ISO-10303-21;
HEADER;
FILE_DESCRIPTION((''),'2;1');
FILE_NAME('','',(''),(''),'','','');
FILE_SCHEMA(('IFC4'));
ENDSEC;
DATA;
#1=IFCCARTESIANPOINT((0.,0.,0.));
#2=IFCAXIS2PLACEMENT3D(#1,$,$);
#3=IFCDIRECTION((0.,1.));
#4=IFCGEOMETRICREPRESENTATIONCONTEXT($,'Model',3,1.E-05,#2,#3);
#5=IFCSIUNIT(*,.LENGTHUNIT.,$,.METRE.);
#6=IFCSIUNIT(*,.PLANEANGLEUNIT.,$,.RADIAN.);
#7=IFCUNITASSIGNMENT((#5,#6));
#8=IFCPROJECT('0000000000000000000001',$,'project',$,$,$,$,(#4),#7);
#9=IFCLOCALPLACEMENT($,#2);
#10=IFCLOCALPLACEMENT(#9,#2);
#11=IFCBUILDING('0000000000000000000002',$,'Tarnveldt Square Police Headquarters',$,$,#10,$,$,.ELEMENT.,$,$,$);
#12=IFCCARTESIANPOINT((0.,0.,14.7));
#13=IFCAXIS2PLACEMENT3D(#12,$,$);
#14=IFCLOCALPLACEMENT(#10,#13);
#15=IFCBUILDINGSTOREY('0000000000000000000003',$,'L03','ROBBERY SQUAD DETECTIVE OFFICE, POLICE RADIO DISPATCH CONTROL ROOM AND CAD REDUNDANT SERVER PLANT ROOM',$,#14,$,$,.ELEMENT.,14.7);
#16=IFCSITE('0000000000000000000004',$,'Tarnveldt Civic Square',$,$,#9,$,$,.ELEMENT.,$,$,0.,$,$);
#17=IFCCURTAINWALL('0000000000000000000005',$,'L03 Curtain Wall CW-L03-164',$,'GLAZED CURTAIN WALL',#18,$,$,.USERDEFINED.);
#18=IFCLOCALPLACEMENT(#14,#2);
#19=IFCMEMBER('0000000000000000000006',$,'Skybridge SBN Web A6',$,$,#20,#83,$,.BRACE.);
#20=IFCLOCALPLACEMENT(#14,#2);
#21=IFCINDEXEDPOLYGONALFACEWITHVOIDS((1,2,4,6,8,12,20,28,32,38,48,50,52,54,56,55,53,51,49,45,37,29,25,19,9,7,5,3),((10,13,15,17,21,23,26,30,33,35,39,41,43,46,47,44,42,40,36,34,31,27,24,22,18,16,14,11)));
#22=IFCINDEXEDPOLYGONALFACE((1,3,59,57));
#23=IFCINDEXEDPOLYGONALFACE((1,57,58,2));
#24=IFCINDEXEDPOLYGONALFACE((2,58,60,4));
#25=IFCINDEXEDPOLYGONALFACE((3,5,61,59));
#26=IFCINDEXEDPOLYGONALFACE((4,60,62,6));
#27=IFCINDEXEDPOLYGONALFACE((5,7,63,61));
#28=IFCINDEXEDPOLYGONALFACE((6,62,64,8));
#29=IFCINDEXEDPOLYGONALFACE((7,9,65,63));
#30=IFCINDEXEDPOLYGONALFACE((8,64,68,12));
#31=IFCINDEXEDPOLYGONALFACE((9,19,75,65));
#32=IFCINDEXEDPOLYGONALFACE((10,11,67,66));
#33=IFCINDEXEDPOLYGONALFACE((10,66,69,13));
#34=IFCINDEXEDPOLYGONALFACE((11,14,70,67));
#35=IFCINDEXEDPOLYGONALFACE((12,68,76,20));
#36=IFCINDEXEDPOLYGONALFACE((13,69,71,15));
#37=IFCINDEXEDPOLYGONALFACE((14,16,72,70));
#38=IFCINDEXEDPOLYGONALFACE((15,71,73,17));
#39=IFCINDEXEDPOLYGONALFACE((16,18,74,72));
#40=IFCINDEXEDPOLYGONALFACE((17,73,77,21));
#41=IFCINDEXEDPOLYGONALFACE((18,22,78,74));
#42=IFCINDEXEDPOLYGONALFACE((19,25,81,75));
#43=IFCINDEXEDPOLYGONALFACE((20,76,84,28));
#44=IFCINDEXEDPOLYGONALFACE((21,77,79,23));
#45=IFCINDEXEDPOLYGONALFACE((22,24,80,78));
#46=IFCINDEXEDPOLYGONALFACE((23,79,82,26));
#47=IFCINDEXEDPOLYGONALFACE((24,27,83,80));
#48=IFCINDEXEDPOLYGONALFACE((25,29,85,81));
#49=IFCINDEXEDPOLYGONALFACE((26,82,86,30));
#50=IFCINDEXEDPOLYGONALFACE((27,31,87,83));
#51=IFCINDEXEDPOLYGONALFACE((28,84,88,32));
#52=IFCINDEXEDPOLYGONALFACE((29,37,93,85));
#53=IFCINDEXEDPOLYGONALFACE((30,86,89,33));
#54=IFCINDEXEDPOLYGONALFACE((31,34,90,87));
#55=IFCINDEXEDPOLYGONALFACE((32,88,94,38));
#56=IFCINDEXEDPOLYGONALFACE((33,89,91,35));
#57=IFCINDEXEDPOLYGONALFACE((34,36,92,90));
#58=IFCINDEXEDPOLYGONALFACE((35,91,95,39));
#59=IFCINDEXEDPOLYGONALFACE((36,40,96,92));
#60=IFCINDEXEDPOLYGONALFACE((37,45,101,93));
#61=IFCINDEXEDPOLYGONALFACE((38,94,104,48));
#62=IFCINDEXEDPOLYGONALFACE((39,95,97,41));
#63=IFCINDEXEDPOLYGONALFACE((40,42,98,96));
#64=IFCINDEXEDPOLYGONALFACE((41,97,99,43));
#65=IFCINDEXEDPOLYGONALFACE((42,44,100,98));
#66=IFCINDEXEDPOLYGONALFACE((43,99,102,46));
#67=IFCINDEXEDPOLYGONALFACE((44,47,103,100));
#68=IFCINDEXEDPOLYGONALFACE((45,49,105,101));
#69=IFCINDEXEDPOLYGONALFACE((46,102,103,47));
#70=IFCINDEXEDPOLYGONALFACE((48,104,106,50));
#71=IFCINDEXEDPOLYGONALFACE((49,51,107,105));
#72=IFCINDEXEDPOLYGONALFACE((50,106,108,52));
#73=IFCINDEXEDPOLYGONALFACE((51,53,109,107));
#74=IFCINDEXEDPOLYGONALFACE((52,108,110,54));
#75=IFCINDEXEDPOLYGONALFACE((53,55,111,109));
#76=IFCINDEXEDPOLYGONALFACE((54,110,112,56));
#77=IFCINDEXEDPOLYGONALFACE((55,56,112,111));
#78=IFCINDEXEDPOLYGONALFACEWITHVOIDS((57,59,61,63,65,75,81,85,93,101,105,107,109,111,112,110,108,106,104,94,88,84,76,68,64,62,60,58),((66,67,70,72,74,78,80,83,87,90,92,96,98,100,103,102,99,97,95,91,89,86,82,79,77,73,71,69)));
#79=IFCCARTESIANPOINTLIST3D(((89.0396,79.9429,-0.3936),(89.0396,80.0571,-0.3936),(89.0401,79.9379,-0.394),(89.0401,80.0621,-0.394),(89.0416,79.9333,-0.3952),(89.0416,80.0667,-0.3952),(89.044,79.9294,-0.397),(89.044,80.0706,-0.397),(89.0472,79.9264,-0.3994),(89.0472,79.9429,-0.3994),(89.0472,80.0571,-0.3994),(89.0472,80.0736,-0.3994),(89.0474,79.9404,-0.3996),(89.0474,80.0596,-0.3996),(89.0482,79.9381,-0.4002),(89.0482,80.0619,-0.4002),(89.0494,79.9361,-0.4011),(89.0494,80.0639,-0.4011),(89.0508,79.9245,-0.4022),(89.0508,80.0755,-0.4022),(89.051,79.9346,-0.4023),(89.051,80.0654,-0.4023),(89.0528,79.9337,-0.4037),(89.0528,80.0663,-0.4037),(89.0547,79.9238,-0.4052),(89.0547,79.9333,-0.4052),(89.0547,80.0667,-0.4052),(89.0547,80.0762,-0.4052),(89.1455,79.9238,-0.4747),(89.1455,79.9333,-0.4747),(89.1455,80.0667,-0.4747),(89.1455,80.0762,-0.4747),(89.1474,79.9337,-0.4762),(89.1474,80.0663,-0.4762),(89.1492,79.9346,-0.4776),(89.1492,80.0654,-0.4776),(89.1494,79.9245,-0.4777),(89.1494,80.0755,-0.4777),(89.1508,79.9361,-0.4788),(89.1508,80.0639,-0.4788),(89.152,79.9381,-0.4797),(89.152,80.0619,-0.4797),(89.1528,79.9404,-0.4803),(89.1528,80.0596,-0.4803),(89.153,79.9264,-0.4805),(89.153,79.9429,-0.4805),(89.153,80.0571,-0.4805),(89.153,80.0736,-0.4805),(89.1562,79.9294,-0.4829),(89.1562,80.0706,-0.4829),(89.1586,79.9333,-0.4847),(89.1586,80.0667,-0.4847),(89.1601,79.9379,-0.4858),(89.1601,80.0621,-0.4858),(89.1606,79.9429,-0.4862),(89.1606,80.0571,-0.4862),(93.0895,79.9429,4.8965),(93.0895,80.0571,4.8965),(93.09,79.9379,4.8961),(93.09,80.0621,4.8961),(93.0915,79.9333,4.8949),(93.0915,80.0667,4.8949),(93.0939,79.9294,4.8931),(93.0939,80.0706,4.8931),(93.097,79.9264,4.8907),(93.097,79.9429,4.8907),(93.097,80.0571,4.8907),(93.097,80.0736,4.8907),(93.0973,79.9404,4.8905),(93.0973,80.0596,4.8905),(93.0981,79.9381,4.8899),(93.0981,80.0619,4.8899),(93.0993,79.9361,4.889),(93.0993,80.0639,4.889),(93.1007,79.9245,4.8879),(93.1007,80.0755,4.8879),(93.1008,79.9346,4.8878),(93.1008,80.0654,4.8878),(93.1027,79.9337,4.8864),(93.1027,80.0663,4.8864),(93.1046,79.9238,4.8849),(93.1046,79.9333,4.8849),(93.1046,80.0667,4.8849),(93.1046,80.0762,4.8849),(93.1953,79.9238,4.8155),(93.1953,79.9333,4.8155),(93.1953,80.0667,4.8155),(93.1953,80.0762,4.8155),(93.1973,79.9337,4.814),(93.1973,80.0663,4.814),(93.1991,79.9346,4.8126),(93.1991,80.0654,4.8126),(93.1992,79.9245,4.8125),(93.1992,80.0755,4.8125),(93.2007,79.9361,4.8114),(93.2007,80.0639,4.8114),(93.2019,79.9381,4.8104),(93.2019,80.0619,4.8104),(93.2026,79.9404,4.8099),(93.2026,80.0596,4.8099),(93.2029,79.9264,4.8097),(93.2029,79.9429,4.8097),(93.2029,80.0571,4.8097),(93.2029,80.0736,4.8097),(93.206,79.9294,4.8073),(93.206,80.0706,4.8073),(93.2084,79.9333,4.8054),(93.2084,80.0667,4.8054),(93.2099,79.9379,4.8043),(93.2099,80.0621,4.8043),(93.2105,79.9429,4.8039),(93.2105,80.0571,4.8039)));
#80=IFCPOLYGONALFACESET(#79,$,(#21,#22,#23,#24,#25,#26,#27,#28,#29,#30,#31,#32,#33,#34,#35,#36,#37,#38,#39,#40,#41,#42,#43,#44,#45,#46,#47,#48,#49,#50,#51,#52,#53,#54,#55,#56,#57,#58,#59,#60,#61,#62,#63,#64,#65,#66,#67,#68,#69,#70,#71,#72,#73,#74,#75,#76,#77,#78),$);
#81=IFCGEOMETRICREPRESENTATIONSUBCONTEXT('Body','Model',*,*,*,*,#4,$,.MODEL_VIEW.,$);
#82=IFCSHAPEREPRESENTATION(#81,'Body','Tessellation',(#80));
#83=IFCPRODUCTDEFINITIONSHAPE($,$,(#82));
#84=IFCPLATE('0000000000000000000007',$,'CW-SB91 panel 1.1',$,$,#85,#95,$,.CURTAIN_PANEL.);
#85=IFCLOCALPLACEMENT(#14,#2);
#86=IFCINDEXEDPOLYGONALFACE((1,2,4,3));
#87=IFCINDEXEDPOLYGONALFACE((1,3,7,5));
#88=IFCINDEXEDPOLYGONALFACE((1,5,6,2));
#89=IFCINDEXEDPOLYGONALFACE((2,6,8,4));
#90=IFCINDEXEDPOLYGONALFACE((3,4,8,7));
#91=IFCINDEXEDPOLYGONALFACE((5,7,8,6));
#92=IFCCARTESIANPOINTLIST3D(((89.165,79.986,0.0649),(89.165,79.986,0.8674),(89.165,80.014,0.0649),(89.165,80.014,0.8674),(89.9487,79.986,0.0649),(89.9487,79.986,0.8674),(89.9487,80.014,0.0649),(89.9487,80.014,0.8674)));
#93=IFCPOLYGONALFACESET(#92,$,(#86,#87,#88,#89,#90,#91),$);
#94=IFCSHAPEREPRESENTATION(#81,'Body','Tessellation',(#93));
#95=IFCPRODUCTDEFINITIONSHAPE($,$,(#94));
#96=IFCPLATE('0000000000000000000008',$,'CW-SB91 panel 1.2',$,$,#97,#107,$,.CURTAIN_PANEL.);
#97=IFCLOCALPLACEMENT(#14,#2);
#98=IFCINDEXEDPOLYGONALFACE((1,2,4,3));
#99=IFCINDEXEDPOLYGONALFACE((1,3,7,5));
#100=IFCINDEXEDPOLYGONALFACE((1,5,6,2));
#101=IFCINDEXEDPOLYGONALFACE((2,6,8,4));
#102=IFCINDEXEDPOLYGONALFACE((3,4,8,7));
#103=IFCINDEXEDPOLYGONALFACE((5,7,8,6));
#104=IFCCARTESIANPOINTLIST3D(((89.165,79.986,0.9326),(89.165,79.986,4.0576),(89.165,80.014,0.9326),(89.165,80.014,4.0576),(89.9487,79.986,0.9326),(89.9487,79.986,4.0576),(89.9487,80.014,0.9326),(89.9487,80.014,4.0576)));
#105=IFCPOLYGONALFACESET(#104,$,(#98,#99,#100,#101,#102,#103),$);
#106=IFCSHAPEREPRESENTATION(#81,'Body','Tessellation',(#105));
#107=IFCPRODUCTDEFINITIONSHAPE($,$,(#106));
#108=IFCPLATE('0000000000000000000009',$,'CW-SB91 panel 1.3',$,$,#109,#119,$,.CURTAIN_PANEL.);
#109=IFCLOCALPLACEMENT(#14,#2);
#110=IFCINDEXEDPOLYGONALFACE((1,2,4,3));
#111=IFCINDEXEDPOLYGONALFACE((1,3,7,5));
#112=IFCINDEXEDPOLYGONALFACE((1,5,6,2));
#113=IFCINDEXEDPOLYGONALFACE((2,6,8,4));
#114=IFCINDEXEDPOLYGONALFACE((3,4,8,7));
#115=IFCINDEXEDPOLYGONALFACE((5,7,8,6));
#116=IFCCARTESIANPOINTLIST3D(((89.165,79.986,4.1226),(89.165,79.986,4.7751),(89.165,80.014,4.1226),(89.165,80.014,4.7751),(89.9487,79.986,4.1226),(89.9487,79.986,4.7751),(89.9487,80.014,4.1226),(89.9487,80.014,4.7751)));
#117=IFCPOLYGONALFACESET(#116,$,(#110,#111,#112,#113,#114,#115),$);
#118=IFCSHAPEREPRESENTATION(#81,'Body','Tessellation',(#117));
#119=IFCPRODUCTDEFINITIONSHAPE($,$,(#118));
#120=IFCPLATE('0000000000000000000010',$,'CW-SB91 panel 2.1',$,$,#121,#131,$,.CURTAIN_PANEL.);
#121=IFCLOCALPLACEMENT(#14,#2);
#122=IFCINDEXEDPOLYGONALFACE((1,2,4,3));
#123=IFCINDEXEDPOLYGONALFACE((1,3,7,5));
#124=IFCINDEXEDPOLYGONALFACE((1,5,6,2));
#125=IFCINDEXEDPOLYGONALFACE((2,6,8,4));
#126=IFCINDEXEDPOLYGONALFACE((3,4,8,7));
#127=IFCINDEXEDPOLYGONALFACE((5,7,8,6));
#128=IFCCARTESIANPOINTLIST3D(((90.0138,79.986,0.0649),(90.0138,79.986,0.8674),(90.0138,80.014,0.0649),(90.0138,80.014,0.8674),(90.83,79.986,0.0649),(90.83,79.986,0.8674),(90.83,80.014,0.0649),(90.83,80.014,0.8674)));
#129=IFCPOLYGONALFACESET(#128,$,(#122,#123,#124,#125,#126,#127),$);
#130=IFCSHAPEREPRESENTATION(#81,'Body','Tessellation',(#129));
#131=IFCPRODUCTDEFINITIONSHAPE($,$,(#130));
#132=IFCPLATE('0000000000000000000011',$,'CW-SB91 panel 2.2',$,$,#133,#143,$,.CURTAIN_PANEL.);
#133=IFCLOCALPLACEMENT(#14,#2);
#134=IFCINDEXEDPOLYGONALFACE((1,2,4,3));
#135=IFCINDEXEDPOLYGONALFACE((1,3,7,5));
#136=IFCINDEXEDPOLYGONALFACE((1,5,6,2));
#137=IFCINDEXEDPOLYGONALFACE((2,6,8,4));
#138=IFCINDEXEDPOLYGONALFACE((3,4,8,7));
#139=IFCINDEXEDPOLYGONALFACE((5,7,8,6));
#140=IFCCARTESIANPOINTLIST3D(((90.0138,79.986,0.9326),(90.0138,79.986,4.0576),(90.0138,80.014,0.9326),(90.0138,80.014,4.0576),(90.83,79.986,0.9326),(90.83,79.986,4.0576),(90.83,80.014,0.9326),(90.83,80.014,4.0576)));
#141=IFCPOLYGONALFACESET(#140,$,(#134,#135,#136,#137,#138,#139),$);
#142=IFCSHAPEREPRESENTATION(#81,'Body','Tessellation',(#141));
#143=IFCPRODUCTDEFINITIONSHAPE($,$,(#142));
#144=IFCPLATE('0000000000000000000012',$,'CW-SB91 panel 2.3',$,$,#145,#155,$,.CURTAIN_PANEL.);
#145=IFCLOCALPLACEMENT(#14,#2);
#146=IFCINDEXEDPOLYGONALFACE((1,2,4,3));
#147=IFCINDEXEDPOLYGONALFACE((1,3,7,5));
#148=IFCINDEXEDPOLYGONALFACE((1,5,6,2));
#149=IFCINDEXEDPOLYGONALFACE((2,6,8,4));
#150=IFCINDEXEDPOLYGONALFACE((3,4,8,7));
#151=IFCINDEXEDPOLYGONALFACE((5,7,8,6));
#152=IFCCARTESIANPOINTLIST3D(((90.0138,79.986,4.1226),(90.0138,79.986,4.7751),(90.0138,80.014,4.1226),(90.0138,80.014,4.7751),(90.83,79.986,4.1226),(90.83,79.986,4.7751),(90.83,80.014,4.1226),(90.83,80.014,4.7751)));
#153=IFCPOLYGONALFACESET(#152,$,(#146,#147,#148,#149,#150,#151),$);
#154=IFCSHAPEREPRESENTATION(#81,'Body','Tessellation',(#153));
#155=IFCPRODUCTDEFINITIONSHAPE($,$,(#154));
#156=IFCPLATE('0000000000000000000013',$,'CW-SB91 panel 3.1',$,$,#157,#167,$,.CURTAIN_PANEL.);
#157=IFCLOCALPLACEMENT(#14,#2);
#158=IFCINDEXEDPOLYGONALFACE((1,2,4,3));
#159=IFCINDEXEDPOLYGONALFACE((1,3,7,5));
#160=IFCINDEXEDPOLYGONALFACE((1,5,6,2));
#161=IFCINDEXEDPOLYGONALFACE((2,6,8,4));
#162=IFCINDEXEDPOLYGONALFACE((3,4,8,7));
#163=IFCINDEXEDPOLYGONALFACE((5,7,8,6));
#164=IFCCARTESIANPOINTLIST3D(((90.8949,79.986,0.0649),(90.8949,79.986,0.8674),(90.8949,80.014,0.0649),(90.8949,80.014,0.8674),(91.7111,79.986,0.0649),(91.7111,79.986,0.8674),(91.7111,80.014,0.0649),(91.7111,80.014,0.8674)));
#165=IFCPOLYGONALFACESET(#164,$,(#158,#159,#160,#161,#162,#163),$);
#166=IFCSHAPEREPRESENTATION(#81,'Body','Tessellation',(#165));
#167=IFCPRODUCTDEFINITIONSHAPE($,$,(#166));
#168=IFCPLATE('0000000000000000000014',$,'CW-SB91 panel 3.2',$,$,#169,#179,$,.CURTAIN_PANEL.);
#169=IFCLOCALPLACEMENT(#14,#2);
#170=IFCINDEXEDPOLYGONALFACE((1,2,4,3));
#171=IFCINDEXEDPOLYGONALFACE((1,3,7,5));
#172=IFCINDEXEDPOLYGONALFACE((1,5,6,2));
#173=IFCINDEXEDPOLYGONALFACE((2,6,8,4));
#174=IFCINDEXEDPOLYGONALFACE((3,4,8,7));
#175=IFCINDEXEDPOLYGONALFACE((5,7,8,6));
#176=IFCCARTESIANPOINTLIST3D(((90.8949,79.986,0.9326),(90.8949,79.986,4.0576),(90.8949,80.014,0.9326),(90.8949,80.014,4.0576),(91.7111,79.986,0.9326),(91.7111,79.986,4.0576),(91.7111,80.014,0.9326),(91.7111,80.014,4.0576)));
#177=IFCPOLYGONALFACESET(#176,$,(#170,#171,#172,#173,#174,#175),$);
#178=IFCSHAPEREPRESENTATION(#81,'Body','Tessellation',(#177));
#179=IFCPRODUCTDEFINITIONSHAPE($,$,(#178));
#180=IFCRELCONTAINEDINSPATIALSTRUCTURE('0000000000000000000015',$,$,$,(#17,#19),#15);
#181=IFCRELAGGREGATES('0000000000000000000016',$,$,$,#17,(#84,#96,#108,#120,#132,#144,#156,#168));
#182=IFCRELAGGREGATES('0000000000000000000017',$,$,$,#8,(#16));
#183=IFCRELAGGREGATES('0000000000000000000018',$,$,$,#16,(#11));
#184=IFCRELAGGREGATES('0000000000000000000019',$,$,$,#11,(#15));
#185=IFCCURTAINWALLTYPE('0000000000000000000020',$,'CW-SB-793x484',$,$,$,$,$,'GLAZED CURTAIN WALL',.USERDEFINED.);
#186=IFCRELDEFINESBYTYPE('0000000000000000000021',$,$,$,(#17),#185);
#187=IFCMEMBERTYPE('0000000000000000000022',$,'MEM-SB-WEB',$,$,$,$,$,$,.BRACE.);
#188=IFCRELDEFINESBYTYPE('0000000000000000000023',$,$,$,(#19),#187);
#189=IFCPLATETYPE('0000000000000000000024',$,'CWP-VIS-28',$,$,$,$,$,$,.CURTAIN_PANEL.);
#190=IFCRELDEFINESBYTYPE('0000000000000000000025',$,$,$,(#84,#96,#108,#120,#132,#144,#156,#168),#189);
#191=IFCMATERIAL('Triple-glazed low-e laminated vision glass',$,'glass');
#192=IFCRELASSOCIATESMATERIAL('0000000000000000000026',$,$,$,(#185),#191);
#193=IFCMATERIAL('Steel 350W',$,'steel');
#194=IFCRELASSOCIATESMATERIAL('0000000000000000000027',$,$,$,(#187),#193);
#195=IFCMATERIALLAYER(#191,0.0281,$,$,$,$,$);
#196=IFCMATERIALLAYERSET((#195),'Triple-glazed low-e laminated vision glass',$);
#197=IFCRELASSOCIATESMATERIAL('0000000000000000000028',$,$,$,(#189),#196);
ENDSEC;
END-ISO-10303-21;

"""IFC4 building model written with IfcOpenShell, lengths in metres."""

from ifc_helpers import new_model, si_unit, direction, frame, origin, origin_2d, place, context, subcontext, project, spatial, rectangle, hollow_rectangle, extrude, material, layer, layer_set, material_profile, profile_set, type_object, element, aggregate, save


model = new_model("IFC4")

# Units and contexts
model_context = context("Model", 3, precision=1e-05, world=origin(), true_north=direction((0.0, 1.0)))
body_context = subcontext(model_context, "Body", "Model", "MODEL_VIEW")
ifc_project = project(units=[si_unit("LENGTHUNIT", "METRE"), si_unit("PLANEANGLEUNIT", "RADIAN")], contexts=[model_context])

# Site, building, storey
site_placement = place(None, origin())
site = spatial("IfcSite", under=ifc_project, at=site_placement, Name="Tarnveldt Civic Square", CompositionType="ELEMENT", RefElevation=0.0)
building_placement = place(site_placement, origin())
building = spatial("IfcBuilding", under=site, at=building_placement, Name="Tarnveldt Square Police Headquarters", CompositionType="ELEMENT")
storey_placement = place(building_placement, frame((0.0, 0.0, 14.7)))
storey = spatial("IfcBuildingStorey", under=building, at=storey_placement, Name="L03", Description="ROBBERY SQUAD DETECTIVE OFFICE, POLICE RADIO DISPATCH CONTROL ROOM AND CAD REDUNDANT SERVER PLANT ROOM", CompositionType="ELEMENT", Elevation=14.7)

# Shared definitions
ifc_material_1 = material(Name="Steel 350W", Category="steel")

# Shared definitions
ifc_material_2 = material(Name="Triple-glazed low-e laminated vision glass", Category="glass")

# Curtain wall
curtain_wall_type_1 = type_object("IfcCurtainWallType", Name="CW-SB-793x484", ElementType="GLAZED CURTAIN WALL", PredefinedType="USERDEFINED", material=ifc_material_2)
curtain_wall_1_placement = place(storey_placement, origin())
curtain_wall_1 = element("IfcCurtainWall", 1, at=curtain_wall_1_placement, inside=storey, type_object=curtain_wall_type_1, Name="L03 Curtain Wall CW-L03-164", ObjectType="GLAZED CURTAIN WALL", PredefinedType="USERDEFINED")

# Member
ifc_material_profile_1 = material_profile(ifc_material_1, hollow_rectangle(XDim=0.1523, YDim=0.1523, WallThickness=0.0095, InnerFilletRadius=0.0095, OuterFilletRadius=0.019, at=origin_2d()), Name="HSS152x152x9.5")
ifc_profile_set_1 = profile_set([ifc_material_profile_1], Name="Steel 350W")
member_type_1 = type_object("IfcMemberType", Name="MEM-SB-WEB", PredefinedType="BRACE", material=ifc_profile_set_1)
for number, where, z_axis, x_axis, name in (
    (2, (89.1001, 80.0, -0.4399), (0.607874, 0.0, 0.794033), (0.0, 1.0, 0.0), "Skybridge SBN Web A6"),
):
    element("IfcMember", number, at=place(storey_placement, frame(where, z_axis=z_axis, x_axis=x_axis)), inside=storey, type_object=member_type_1, Name=name, PredefinedType="BRACE", context=body_context, shape_type="SweptSolid", body=[
        extrude(hollow_rectangle(XDim=0.1523, YDim=0.1523, WallThickness=0.0095, InnerFilletRadius=0.0095, OuterFilletRadius=0.019, at=origin_2d()), origin(), (0.0, 0.0, 1.0), 6.6624),
    ])

# Plates
ifc_layer = layer(ifc_material_2, 0.0281)
ifc_layer_set = layer_set([ifc_layer], Name="Triple-glazed low-e laminated vision glass")
plate_type = type_object("IfcPlateType", Name="CWP-VIS-28", PredefinedType="CURTAIN_PANEL", material=ifc_layer_set)
plate_1_placement = place(storey_placement, frame((89.5569, 80.0, 0.0649), z_axis=(0.0, 0.0, 1.0), x_axis=(1.0, 0.0, 0.0)))
plate_1 = element("IfcPlate", 3, at=plate_1_placement, type_object=plate_type, Name="CW-SB91 panel 1.1", PredefinedType="CURTAIN_PANEL", context=body_context, shape_type="SweptSolid", body=[
    extrude(rectangle(XDim=0.7837, YDim=0.0281, at=origin_2d()), origin(), (0.0, 0.0, 1.0), 0.8025),
])
plate_2_placement = place(storey_placement, frame((89.5569, 80.0, 0.9326), z_axis=(0.0, 0.0, 1.0), x_axis=(1.0, 0.0, 0.0)))
plate_2 = element("IfcPlate", 4, at=plate_2_placement, type_object=plate_type, Name="CW-SB91 panel 1.2", PredefinedType="CURTAIN_PANEL", context=body_context, shape_type="SweptSolid", body=[
    extrude(rectangle(XDim=0.7837, YDim=0.0281, at=origin_2d()), origin(), (0.0, 0.0, 1.0), 3.125),
])
plate_3_placement = place(storey_placement, frame((89.5569, 80.0, 4.1226), z_axis=(0.0, 0.0, 1.0), x_axis=(1.0, 0.0, 0.0)))
plate_3 = element("IfcPlate", 5, at=plate_3_placement, type_object=plate_type, Name="CW-SB91 panel 1.3", PredefinedType="CURTAIN_PANEL", context=body_context, shape_type="SweptSolid", body=[
    extrude(rectangle(XDim=0.7837, YDim=0.0281, at=origin_2d()), origin(), (0.0, 0.0, 1.0), 0.6526),
])
plate_4_placement = place(storey_placement, frame((90.4219, 80.0, 0.0649), z_axis=(0.0, 0.0, 1.0), x_axis=(1.0, 0.0, 0.0)))
plate_4 = element("IfcPlate", 6, at=plate_4_placement, type_object=plate_type, Name="CW-SB91 panel 2.1", PredefinedType="CURTAIN_PANEL", context=body_context, shape_type="SweptSolid", body=[
    extrude(rectangle(XDim=0.8162, YDim=0.0281, at=origin_2d()), origin(), (0.0, 0.0, 1.0), 0.8025),
])
plate_5_placement = place(storey_placement, frame((90.4219, 80.0, 0.9326), z_axis=(0.0, 0.0, 1.0), x_axis=(1.0, 0.0, 0.0)))
plate_5 = element("IfcPlate", 7, at=plate_5_placement, type_object=plate_type, Name="CW-SB91 panel 2.2", PredefinedType="CURTAIN_PANEL", context=body_context, shape_type="SweptSolid", body=[
    extrude(rectangle(XDim=0.8162, YDim=0.0281, at=origin_2d()), origin(), (0.0, 0.0, 1.0), 3.125),
])
plate_6_placement = place(storey_placement, frame((90.4219, 80.0, 4.1226), z_axis=(0.0, 0.0, 1.0), x_axis=(1.0, 0.0, 0.0)))
plate_6 = element("IfcPlate", 8, at=plate_6_placement, type_object=plate_type, Name="CW-SB91 panel 2.3", PredefinedType="CURTAIN_PANEL", context=body_context, shape_type="SweptSolid", body=[
    extrude(rectangle(XDim=0.8162, YDim=0.0281, at=origin_2d()), origin(), (0.0, 0.0, 1.0), 0.6526),
])
plate_7_placement = place(storey_placement, frame((91.303, 80.0, 0.0649), z_axis=(0.0, 0.0, 1.0), x_axis=(1.0, 0.0, 0.0)))
plate_7 = element("IfcPlate", 9, at=plate_7_placement, type_object=plate_type, Name="CW-SB91 panel 3.1", PredefinedType="CURTAIN_PANEL", context=body_context, shape_type="SweptSolid", body=[
    extrude(rectangle(XDim=0.8162, YDim=0.0281, at=origin_2d()), origin(), (0.0, 0.0, 1.0), 0.8025),
])
plate_8_placement = place(storey_placement, frame((91.303, 80.0, 0.9326), z_axis=(0.0, 0.0, 1.0), x_axis=(1.0, 0.0, 0.0)))
plate_8 = element("IfcPlate", 10, at=plate_8_placement, type_object=plate_type, Name="CW-SB91 panel 3.2", PredefinedType="CURTAIN_PANEL", context=body_context, shape_type="SweptSolid", body=[
    extrude(rectangle(XDim=0.8162, YDim=0.0281, at=origin_2d()), origin(), (0.0, 0.0, 1.0), 3.125),
])
aggregate(curtain_wall_1, [plate_1, plate_2, plate_3, plate_4, plate_5, plate_6, plate_7, plate_8])

save(model, "model.ifc")
